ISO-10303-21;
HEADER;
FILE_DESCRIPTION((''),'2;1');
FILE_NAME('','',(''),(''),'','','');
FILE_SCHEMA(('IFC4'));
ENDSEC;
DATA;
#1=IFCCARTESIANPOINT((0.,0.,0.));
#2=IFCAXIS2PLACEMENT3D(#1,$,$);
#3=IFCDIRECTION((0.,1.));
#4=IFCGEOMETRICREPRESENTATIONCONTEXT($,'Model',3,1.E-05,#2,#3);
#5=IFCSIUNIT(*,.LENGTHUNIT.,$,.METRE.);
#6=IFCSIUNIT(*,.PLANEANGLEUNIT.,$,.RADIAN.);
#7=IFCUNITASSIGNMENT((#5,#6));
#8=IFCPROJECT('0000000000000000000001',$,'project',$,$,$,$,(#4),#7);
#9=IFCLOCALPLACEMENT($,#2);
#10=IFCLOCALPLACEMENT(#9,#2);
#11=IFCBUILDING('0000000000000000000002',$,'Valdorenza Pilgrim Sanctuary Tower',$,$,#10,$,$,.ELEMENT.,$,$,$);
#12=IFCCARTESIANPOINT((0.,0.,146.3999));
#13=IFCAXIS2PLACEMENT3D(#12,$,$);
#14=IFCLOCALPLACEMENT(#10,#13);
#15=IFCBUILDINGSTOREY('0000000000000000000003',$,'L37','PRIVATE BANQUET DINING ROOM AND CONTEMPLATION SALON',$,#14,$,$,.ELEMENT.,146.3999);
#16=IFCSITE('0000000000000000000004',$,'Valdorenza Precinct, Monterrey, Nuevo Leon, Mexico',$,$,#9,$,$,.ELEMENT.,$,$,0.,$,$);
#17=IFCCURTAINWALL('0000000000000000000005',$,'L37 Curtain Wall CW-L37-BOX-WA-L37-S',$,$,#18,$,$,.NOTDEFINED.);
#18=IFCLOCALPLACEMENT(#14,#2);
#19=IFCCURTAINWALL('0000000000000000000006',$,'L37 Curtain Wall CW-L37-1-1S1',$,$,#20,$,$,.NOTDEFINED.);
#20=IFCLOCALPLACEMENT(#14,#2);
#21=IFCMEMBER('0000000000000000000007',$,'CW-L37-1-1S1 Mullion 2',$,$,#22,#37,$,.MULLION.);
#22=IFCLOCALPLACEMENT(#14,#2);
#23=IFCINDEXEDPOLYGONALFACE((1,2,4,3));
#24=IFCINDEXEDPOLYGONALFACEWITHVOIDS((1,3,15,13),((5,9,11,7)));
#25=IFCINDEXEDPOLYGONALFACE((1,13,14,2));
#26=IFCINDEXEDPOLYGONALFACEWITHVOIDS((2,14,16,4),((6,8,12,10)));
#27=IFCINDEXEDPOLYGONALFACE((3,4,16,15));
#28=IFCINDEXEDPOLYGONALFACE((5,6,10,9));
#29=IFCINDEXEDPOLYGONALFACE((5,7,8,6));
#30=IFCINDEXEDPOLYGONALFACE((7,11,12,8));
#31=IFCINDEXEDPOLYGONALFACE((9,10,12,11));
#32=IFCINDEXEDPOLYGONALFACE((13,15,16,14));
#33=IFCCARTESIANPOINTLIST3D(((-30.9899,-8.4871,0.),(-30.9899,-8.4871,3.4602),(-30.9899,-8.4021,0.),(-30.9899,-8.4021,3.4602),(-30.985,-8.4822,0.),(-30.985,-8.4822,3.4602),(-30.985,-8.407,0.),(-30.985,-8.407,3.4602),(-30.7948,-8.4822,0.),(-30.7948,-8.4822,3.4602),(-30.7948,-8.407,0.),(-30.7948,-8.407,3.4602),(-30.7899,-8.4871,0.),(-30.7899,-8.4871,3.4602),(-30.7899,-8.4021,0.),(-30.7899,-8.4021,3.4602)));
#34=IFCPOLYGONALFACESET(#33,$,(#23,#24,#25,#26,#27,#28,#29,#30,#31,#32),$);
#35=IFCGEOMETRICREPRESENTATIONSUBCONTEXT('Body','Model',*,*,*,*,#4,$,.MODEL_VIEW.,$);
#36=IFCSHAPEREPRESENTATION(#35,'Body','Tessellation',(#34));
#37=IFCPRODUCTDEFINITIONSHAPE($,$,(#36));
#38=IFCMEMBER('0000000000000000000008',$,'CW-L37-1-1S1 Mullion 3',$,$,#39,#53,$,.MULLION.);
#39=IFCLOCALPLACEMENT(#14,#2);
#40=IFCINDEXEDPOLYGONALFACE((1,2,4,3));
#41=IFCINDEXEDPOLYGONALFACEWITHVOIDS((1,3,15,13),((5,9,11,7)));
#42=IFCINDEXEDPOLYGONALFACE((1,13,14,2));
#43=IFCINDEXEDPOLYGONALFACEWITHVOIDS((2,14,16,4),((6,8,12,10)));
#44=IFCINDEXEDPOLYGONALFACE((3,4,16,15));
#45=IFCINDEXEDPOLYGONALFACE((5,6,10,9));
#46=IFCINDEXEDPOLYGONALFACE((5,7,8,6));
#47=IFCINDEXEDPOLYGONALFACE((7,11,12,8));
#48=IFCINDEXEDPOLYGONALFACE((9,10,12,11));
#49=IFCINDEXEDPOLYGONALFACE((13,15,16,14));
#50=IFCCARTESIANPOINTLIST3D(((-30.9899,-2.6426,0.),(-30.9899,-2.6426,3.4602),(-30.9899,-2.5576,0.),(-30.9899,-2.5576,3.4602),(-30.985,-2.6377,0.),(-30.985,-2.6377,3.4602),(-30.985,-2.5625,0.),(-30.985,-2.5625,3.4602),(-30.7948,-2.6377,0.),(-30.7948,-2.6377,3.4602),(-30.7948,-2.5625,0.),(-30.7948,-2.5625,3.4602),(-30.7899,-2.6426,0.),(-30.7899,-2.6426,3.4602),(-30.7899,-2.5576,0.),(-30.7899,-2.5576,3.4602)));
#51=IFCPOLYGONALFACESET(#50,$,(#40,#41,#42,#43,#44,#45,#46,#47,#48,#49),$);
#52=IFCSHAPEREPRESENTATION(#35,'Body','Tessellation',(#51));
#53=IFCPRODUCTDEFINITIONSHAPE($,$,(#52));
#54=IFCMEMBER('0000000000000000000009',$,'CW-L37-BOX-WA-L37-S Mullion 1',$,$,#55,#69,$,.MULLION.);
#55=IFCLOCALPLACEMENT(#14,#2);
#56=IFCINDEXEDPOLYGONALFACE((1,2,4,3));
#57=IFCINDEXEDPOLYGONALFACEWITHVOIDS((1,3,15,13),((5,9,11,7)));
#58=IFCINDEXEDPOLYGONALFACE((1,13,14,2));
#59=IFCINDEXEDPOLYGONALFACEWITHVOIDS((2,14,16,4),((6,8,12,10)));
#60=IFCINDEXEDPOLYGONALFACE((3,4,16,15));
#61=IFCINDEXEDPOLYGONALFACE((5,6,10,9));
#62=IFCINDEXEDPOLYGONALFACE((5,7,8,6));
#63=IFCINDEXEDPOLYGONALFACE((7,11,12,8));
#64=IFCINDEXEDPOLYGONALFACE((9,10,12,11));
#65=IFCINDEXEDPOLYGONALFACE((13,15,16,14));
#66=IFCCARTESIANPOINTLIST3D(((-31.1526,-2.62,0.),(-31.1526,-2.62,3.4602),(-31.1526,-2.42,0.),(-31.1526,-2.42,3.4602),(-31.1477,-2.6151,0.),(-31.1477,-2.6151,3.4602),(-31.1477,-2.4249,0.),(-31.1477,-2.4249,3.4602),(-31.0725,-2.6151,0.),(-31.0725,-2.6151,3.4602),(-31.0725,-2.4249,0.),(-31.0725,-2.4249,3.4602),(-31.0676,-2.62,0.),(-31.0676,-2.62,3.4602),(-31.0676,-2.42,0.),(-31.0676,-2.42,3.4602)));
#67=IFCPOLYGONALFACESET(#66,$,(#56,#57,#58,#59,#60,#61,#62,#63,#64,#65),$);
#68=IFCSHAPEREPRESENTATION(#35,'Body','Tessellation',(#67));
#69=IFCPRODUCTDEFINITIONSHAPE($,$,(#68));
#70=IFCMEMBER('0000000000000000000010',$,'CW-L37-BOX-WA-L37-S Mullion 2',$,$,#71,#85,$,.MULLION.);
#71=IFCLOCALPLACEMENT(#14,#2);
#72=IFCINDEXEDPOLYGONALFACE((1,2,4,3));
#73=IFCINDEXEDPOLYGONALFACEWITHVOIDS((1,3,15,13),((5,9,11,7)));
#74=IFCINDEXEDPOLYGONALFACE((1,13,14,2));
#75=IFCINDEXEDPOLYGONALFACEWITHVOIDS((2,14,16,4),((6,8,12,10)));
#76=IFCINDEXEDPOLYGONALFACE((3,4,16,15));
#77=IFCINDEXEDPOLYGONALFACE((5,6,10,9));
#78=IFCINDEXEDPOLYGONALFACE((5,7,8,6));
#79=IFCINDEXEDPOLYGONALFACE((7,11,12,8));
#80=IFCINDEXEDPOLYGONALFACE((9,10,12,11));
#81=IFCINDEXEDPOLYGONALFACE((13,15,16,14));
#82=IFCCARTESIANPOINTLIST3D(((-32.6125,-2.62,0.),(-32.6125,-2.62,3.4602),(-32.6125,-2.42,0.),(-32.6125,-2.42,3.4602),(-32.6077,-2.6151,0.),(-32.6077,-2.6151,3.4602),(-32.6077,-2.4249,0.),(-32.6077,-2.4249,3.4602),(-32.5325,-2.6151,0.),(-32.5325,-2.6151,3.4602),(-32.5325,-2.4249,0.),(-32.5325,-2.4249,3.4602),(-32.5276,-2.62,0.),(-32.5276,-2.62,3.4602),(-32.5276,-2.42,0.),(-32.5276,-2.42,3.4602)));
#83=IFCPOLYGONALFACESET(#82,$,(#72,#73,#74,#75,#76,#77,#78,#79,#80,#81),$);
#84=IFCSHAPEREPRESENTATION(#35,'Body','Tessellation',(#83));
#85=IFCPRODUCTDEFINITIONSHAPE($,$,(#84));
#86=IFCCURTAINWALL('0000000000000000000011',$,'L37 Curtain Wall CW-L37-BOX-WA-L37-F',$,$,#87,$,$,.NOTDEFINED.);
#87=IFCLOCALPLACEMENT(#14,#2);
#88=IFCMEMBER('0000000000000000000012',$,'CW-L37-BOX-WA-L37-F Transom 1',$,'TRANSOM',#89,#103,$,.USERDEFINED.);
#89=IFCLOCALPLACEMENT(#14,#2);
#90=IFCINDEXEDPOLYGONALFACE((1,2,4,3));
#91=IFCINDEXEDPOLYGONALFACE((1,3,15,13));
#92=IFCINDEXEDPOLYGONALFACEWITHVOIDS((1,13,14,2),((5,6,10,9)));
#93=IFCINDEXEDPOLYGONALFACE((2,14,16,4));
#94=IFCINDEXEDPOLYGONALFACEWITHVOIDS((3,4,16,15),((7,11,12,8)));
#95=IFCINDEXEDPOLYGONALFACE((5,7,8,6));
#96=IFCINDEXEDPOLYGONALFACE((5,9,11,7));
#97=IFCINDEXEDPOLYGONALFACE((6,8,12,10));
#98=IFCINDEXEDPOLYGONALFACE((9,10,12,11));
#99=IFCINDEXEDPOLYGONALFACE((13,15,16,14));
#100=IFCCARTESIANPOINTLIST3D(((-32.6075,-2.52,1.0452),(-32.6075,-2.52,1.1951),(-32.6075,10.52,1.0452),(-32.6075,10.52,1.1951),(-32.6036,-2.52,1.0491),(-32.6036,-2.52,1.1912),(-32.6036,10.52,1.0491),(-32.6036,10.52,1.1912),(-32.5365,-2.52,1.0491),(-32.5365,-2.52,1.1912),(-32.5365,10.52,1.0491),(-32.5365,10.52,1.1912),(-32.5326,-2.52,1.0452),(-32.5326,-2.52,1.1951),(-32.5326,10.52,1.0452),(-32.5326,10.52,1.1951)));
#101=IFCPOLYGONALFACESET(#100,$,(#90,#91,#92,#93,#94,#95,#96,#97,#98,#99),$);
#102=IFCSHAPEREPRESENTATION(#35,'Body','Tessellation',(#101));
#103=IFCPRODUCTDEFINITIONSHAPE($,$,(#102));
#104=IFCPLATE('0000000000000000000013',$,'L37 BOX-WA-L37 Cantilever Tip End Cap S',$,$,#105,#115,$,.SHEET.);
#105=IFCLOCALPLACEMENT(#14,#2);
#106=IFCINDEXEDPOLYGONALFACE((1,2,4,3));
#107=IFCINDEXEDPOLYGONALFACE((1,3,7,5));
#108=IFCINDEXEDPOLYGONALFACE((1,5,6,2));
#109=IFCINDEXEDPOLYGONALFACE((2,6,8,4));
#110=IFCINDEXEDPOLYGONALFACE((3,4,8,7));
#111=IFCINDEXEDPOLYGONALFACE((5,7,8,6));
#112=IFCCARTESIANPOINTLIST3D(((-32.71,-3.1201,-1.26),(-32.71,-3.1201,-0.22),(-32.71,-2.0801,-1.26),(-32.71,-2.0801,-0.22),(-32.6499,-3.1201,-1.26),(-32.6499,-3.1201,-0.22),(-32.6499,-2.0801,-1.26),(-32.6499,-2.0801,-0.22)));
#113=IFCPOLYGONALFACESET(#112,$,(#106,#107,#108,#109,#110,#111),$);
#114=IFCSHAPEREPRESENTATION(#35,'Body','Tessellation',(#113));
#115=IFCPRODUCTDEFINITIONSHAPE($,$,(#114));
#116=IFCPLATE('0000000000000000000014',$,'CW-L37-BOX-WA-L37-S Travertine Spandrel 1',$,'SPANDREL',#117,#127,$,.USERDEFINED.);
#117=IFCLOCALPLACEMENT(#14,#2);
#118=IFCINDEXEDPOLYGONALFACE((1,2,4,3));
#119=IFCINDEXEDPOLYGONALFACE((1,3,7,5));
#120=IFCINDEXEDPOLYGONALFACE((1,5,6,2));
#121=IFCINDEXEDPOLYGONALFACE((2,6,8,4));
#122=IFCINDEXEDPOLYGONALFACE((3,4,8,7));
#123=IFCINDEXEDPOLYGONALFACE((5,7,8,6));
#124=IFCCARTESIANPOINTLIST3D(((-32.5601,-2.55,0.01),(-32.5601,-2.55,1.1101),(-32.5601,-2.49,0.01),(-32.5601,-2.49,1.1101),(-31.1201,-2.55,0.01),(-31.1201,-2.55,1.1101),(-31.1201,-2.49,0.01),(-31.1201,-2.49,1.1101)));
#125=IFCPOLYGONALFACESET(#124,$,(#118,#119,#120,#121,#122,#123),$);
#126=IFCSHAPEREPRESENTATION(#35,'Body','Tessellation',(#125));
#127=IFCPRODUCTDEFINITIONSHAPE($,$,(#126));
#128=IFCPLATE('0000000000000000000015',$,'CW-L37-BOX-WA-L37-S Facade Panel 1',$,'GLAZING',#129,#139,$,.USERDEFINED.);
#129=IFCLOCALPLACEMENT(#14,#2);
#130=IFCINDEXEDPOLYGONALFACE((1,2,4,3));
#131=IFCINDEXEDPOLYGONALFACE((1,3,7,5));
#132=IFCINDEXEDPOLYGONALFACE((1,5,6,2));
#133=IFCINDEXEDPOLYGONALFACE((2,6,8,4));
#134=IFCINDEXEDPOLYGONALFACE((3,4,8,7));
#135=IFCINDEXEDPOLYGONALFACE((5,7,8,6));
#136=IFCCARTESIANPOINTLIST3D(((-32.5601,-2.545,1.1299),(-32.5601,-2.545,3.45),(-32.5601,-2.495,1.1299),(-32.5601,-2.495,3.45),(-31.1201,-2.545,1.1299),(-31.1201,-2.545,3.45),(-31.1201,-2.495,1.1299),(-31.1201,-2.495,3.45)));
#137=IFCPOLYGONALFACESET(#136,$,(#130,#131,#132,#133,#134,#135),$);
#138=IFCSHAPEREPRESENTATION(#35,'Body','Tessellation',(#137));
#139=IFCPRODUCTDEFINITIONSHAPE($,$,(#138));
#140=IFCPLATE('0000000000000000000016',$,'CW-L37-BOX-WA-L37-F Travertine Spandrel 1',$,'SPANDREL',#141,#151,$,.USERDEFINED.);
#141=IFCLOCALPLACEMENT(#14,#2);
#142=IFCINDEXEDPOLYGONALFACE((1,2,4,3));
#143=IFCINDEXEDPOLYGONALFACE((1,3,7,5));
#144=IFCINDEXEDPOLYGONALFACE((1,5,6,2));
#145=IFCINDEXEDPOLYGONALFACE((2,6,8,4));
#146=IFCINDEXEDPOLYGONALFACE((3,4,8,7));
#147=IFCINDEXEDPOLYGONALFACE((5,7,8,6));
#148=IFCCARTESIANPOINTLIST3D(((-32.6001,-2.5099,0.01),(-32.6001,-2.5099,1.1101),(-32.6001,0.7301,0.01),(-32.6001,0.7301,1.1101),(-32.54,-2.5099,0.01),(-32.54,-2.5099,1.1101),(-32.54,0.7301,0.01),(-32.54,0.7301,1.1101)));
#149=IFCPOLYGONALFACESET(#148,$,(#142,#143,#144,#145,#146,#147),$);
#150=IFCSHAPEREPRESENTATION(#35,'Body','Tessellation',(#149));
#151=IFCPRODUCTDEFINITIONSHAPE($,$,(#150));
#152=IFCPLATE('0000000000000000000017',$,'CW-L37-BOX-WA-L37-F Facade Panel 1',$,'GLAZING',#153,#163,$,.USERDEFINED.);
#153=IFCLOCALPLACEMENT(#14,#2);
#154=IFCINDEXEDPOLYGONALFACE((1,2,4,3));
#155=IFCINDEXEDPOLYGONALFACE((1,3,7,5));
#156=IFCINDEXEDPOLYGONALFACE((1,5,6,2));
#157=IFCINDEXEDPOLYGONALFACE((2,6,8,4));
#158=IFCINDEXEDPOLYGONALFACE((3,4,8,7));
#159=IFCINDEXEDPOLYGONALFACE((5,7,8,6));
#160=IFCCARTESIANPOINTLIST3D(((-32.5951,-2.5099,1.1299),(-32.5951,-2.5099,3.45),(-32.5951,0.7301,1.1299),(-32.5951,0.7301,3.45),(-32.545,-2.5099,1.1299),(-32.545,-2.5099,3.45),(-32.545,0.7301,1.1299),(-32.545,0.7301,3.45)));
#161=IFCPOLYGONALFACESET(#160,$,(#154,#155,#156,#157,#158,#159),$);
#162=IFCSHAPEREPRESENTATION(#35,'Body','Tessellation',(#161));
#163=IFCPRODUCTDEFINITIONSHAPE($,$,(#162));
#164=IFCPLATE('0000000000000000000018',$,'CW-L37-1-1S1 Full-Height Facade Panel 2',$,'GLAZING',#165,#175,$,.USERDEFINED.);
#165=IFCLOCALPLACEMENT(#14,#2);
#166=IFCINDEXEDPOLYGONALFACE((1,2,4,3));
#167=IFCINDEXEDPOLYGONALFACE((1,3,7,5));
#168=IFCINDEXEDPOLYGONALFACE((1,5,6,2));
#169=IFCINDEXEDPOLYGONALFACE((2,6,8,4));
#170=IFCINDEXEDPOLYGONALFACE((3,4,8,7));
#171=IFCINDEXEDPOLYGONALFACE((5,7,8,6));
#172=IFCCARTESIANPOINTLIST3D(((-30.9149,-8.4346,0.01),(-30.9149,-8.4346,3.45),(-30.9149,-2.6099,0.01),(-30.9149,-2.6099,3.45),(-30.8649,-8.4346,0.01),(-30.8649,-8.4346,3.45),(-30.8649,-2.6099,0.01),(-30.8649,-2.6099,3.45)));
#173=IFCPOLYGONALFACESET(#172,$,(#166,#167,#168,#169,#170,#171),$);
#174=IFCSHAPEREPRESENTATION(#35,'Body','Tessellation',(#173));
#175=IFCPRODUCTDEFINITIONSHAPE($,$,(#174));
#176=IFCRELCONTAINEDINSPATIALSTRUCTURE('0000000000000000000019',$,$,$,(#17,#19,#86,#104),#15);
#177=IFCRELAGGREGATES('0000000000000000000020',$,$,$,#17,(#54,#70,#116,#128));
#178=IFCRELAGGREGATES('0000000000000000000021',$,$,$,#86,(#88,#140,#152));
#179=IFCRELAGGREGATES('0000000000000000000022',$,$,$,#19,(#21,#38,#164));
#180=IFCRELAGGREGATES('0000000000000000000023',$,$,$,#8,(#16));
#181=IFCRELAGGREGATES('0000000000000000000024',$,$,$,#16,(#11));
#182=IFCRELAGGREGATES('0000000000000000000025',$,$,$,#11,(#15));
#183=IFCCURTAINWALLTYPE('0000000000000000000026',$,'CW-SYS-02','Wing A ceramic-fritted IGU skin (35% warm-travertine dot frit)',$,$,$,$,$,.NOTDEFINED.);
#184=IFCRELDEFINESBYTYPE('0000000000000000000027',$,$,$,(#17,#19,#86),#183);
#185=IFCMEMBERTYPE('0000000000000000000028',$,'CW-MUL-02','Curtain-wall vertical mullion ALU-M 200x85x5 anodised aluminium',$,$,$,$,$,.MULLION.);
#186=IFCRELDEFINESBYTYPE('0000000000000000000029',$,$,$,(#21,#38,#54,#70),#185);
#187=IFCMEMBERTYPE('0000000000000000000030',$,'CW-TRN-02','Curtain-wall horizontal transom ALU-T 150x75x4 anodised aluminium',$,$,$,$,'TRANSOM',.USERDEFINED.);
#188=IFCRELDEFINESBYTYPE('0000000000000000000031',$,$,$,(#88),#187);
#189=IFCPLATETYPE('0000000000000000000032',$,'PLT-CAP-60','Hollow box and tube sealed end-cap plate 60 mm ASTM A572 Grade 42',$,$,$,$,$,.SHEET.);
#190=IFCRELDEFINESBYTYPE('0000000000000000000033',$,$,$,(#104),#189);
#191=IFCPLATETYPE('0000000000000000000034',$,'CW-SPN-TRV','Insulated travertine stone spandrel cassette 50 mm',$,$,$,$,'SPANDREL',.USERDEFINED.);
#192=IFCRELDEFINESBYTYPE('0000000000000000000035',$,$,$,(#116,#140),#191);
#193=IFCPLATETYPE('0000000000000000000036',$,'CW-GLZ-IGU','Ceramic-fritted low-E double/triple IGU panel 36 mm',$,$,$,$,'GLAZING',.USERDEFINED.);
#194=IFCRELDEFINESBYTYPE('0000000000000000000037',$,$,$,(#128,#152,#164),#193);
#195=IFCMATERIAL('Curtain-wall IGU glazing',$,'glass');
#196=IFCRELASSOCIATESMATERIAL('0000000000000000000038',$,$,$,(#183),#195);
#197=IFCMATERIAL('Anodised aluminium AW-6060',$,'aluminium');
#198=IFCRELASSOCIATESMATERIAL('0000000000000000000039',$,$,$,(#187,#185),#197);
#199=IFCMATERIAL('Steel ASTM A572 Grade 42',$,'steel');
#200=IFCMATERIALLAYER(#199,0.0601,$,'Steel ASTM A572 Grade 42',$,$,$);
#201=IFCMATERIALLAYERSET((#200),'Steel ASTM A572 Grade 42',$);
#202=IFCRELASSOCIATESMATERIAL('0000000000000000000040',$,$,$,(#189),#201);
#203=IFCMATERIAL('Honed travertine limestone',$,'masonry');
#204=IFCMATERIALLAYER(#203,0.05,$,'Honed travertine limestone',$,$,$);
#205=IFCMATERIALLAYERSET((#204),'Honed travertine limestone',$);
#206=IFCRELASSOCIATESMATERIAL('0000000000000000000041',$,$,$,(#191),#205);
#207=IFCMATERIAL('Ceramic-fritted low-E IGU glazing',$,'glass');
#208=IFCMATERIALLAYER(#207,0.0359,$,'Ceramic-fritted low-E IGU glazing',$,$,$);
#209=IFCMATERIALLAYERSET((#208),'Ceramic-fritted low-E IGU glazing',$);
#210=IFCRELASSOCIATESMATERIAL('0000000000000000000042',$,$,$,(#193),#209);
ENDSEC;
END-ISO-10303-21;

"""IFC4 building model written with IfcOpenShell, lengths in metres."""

from ifc_helpers import new_model, si_unit, direction, frame, origin, origin_2d, place, context, subcontext, project, spatial, rectangle, hollow_rectangle, extrude, source, transform, mapped, material, layer, layer_set, material_profile, profile_set, type_object, element, aggregate, save


model = new_model("IFC4")

# Units and contexts
model_context = context("Model", 3, precision=1e-05, world=origin(), true_north=direction((0.0, 1.0)))
body_context = subcontext(model_context, "Body", "Model", "MODEL_VIEW")
ifc_project = project(units=[si_unit("LENGTHUNIT", "METRE"), si_unit("PLANEANGLEUNIT", "RADIAN")], contexts=[model_context])

# Site, building, storey
site_placement = place(None, origin())
site = spatial("IfcSite", under=ifc_project, at=site_placement, Name="Valdorenza Precinct, Monterrey, Nuevo Leon, Mexico", CompositionType="ELEMENT", RefElevation=0.0)
building_placement = place(site_placement, origin())
building = spatial("IfcBuilding", under=site, at=building_placement, Name="Valdorenza Pilgrim Sanctuary Tower", CompositionType="ELEMENT")
storey_placement = place(building_placement, frame((0.0, 0.0, 146.3999)))
storey = spatial("IfcBuildingStorey", under=building, at=storey_placement, Name="L37", Description="PRIVATE BANQUET DINING ROOM AND CONTEMPLATION SALON", CompositionType="ELEMENT", Elevation=146.3999)

# Shared definitions
ifc_material_1 = material(Name="Steel ASTM A572 Grade 42", Category="steel")

# Curtain wall
ifc_material_2 = material(Name="Curtain-wall IGU glazing", Category="glass")
curtain_wall_type = type_object("IfcCurtainWallType", Name="CW-SYS-02", Description="Wing A ceramic-fritted IGU skin (35% warm-travertine dot frit)", PredefinedType="NOTDEFINED", material=ifc_material_2)
curtain_wall_1_placement = place(storey_placement, origin())
curtain_wall_1 = element("IfcCurtainWall", 1, at=curtain_wall_1_placement, inside=storey, type_object=curtain_wall_type, Name="L37 Curtain Wall CW-L37-BOX-WA-L37-S", PredefinedType="NOTDEFINED")
ifc_material_3 = material(Name="Anodised aluminium AW-6060", Category="aluminium")
ifc_material_profile_1 = material_profile(ifc_material_3, hollow_rectangle(XDim=0.075, YDim=0.1499, WallThickness=0.0039, at=origin_2d()), Name="ALU-T 150x75x4")
ifc_profile_set_1 = profile_set([ifc_material_profile_1], Name="Anodised aluminium AW-6060")
member_type_1 = type_object("IfcMemberType", Name="CW-TRN-02", Description="Curtain-wall horizontal transom ALU-T 150x75x4 anodised aluminium", ElementType="TRANSOM", PredefinedType="USERDEFINED", material=ifc_profile_set_1)

# Curtain wall, members
curtain_wall_2_placement = place(storey_placement, origin())
curtain_wall_2 = element("IfcCurtainWall", 2, at=curtain_wall_2_placement, inside=storey, type_object=curtain_wall_type, Name="L37 Curtain Wall CW-L37-1-1S1", PredefinedType="NOTDEFINED")
ifc_material_profile_2 = material_profile(ifc_material_3, hollow_rectangle(XDim=0.085, YDim=0.2, WallThickness=0.0049, at=origin_2d()), Name="ALU-M 200x85x5")
ifc_profile_set_2 = profile_set([ifc_material_profile_2], Name="Anodised aluminium AW-6060")
member_type_2 = type_object("IfcMemberType", Name="CW-MUL-02", Description="Curtain-wall vertical mullion ALU-M 200x85x5 anodised aluminium", PredefinedType="MULLION", material=ifc_profile_set_2)
shared_shape_1 = source(origin(), body_context, "Body", "SweptSolid", [
    extrude(hollow_rectangle(XDim=0.085, YDim=0.2, WallThickness=0.0049, at=origin_2d()), origin(), (0.0, 0.0, 1.0), 3.4602),
])
member_1_placement = place(storey_placement, frame((-30.8899, -8.4446, 0.0), z_axis=(0.0, 0.0, 1.0), x_axis=(0.0, 1.0, 0.0)))
member_1 = element("IfcMember", 3, at=member_1_placement, type_object=member_type_2, Name="CW-L37-1-1S1 Mullion 2", PredefinedType="MULLION", context=body_context, shape_type="MappedRepresentation", body=[
    mapped(shared_shape_1, transform((0.0, 0.0, 0.0), x_axis=(1.0, 0.0, 0.0), y_axis=(0.0, 1.0, 0.0), z_axis=(0.0, 0.0, 1.0), scale=1.0)),
])
member_2_placement = place(storey_placement, frame((-30.8899, -2.6001, 0.0), z_axis=(0.0, 0.0, 1.0), x_axis=(0.0, 1.0, 0.0)))
member_2 = element("IfcMember", 4, at=member_2_placement, type_object=member_type_2, Name="CW-L37-1-1S1 Mullion 3", PredefinedType="MULLION", context=body_context, shape_type="MappedRepresentation", body=[
    mapped(shared_shape_1, transform((0.0, 0.0, 0.0), x_axis=(1.0, 0.0, 0.0), y_axis=(0.0, 1.0, 0.0), z_axis=(0.0, 0.0, 1.0), scale=1.0)),
])

# Members
member_3_placement = place(storey_placement, frame((-31.1101, -2.52, 0.0), z_axis=(0.0, 0.0, 1.0), x_axis=(-1.0, 0.0, 0.0)))
member_3 = element("IfcMember", 5, at=member_3_placement, type_object=member_type_2, Name="CW-L37-BOX-WA-L37-S Mullion 1", PredefinedType="MULLION", context=body_context, shape_type="MappedRepresentation", body=[
    mapped(shared_shape_1, transform((0.0, 0.0, 0.0), x_axis=(1.0, 0.0, 0.0), y_axis=(0.0, 1.0, 0.0), z_axis=(0.0, 0.0, 1.0), scale=1.0)),
])
member_4_placement = place(storey_placement, frame((-32.5701, -2.52, 0.0), z_axis=(0.0, 0.0, 1.0), x_axis=(-1.0, 0.0, 0.0)))
member_4 = element("IfcMember", 6, at=member_4_placement, type_object=member_type_2, Name="CW-L37-BOX-WA-L37-S Mullion 2", PredefinedType="MULLION", context=body_context, shape_type="MappedRepresentation", body=[
    mapped(shared_shape_1, transform((0.0, 0.0, 0.0), x_axis=(1.0, 0.0, 0.0), y_axis=(0.0, 1.0, 0.0), z_axis=(0.0, 0.0, 1.0), scale=1.0)),
])

# Curtain wall, member
curtain_wall_3_placement = place(storey_placement, origin())
curtain_wall_3 = element("IfcCurtainWall", 7, at=curtain_wall_3_placement, inside=storey, type_object=curtain_wall_type, Name="L37 Curtain Wall CW-L37-BOX-WA-L37-F", PredefinedType="NOTDEFINED")
shared_shape_2 = source(origin(), body_context, "Body", "SweptSolid", [
    extrude(hollow_rectangle(XDim=0.075, YDim=0.1499, WallThickness=0.0039, at=origin_2d()), origin(), (0.0, 0.0, 1.0), 13.04),
])
member_5_placement = place(storey_placement, frame((-32.5701, -2.52, 1.1201), z_axis=(0.0, 1.0, 0.0), x_axis=(-1.0, 0.0, 0.0)))
member_5 = element("IfcMember", 8, at=member_5_placement, type_object=member_type_1, Name="CW-L37-BOX-WA-L37-F Transom 1", ObjectType="TRANSOM", PredefinedType="USERDEFINED", context=body_context, shape_type="MappedRepresentation", body=[
    mapped(shared_shape_2, transform((0.0, 0.0, 0.0), x_axis=(1.0, 0.0, 0.0), y_axis=(0.0, 1.0, 0.0), z_axis=(0.0, 0.0, 1.0), scale=1.0)),
])

# Plates
ifc_layer_1 = layer(ifc_material_1, 0.0601, Name="Steel ASTM A572 Grade 42")
ifc_layer_set_1 = layer_set([ifc_layer_1], Name="Steel ASTM A572 Grade 42")
plate_type_1 = type_object("IfcPlateType", Name="PLT-CAP-60", Description="Hollow box and tube sealed end-cap plate 60 mm ASTM A572 Grade 42", PredefinedType="SHEET", material=ifc_layer_set_1)
shared_shape_3 = source(origin(), body_context, "Body", "SweptSolid", [
    extrude(rectangle(XDim=0.0601, YDim=1.04, at=origin_2d()), origin(), (0.0, 0.0, 1.0), 1.04),
])
plate_1_placement = place(storey_placement, frame((-32.6799, -2.6001, -1.26), z_axis=(0.0, 0.0, 1.0), x_axis=(1.0, 0.0, 0.0)))
element("IfcPlate", 9, at=plate_1_placement, inside=storey, type_object=plate_type_1, Name="L37 BOX-WA-L37 Cantilever Tip End Cap S", PredefinedType="SHEET", context=body_context, shape_type="MappedRepresentation", body=[
    mapped(shared_shape_3, transform((0.0, 0.0, 0.0), x_axis=(1.0, 0.0, 0.0), y_axis=(0.0, 1.0, 0.0), z_axis=(0.0, 0.0, 1.0), scale=1.0)),
])
ifc_material_4 = material(Name="Honed travertine limestone", Category="masonry")
ifc_layer_2 = layer(ifc_material_4, 0.05, Name="Honed travertine limestone")
ifc_layer_set_2 = layer_set([ifc_layer_2], Name="Honed travertine limestone")
plate_type_2 = type_object("IfcPlateType", Name="CW-SPN-TRV", Description="Insulated travertine stone spandrel cassette 50 mm", ElementType="SPANDREL", PredefinedType="USERDEFINED", material=ifc_layer_set_2)
shared_shape_4 = source(origin(), body_context, "Body", "SweptSolid", [
    extrude(rectangle(XDim=1.4399, YDim=0.0601, at=origin_2d()), origin(), (0.0, 0.0, 1.0), 1.1001),
])
plate_2_placement = place(storey_placement, frame((-31.8401, -2.52, 0.01), z_axis=(0.0, 0.0, 1.0), x_axis=(-1.0, 0.0, 0.0)))
plate_2 = element("IfcPlate", 10, at=plate_2_placement, type_object=plate_type_2, Name="CW-L37-BOX-WA-L37-S Travertine Spandrel 1", ObjectType="SPANDREL", PredefinedType="USERDEFINED", context=body_context, shape_type="MappedRepresentation", body=[
    mapped(shared_shape_4, transform((0.0, 0.0, 0.0), x_axis=(1.0, 0.0, 0.0), y_axis=(0.0, 1.0, 0.0), z_axis=(0.0, 0.0, 1.0), scale=1.0)),
])
ifc_material_5 = material(Name="Ceramic-fritted low-E IGU glazing", Category="glass")
ifc_layer_3 = layer(ifc_material_5, 0.0359, Name="Ceramic-fritted low-E IGU glazing")
ifc_layer_set_3 = layer_set([ifc_layer_3], Name="Ceramic-fritted low-E IGU glazing")
plate_type_3 = type_object("IfcPlateType", Name="CW-GLZ-IGU", Description="Ceramic-fritted low-E double/triple IGU panel 36 mm", ElementType="GLAZING", PredefinedType="USERDEFINED", material=ifc_layer_set_3)
shared_shape_5 = source(origin(), body_context, "Body", "SweptSolid", [
    extrude(rectangle(XDim=1.4399, YDim=0.05, at=origin_2d()), origin(), (0.0, 0.0, 1.0), 2.3201),
])
plate_3_placement = place(storey_placement, frame((-31.8401, -2.52, 1.1299), z_axis=(0.0, 0.0, 1.0), x_axis=(-1.0, 0.0, 0.0)))
plate_3 = element("IfcPlate", 11, at=plate_3_placement, type_object=plate_type_3, Name="CW-L37-BOX-WA-L37-S Facade Panel 1", ObjectType="GLAZING", PredefinedType="USERDEFINED", context=body_context, shape_type="MappedRepresentation", body=[
    mapped(shared_shape_5, transform((0.0, 0.0, 0.0), x_axis=(1.0, 0.0, 0.0), y_axis=(0.0, 1.0, 0.0), z_axis=(0.0, 0.0, 1.0), scale=1.0)),
])
aggregate(curtain_wall_1, [member_3, member_4, plate_2, plate_3])
shared_shape_6 = source(origin(), body_context, "Body", "SweptSolid", [
    extrude(rectangle(XDim=3.24, YDim=0.0601, at=origin_2d()), origin(), (0.0, 0.0, 1.0), 1.1001),
])
plate_4_placement = place(storey_placement, frame((-32.5701, -0.8899, 0.01), z_axis=(0.0, 0.0, 1.0), x_axis=(0.0, 1.0, 0.0)))
plate_4 = element("IfcPlate", 12, at=plate_4_placement, type_object=plate_type_2, Name="CW-L37-BOX-WA-L37-F Travertine Spandrel 1", ObjectType="SPANDREL", PredefinedType="USERDEFINED", context=body_context, shape_type="MappedRepresentation", body=[
    mapped(shared_shape_6, transform((0.0, 0.0, 0.0), x_axis=(1.0, 0.0, 0.0), y_axis=(0.0, 1.0, 0.0), z_axis=(0.0, 0.0, 1.0), scale=1.0)),
])
shared_shape_7 = source(origin(), body_context, "Body", "SweptSolid", [
    extrude(rectangle(XDim=3.24, YDim=0.05, at=origin_2d()), origin(), (0.0, 0.0, 1.0), 2.3201),
])
plate_5_placement = place(storey_placement, frame((-32.5701, -0.8899, 1.1299), z_axis=(0.0, 0.0, 1.0), x_axis=(0.0, 1.0, 0.0)))
plate_5 = element("IfcPlate", 13, at=plate_5_placement, type_object=plate_type_3, Name="CW-L37-BOX-WA-L37-F Facade Panel 1", ObjectType="GLAZING", PredefinedType="USERDEFINED", context=body_context, shape_type="MappedRepresentation", body=[
    mapped(shared_shape_7, transform((0.0, 0.0, 0.0), x_axis=(1.0, 0.0, 0.0), y_axis=(0.0, 1.0, 0.0), z_axis=(0.0, 0.0, 1.0), scale=1.0)),
])
aggregate(curtain_wall_3, [member_5, plate_4, plate_5])
shared_shape_8 = source(origin(), body_context, "Body", "SweptSolid", [
    extrude(rectangle(XDim=5.8247, YDim=0.05, at=origin_2d()), origin(), (0.0, 0.0, 1.0), 3.4399),
])
plate_6_placement = place(storey_placement, frame((-30.8899, -5.5222, 0.01), z_axis=(0.0, 0.0, 1.0), x_axis=(0.0, 1.0, 0.0)))
plate_6 = element("IfcPlate", 14, at=plate_6_placement, type_object=plate_type_3, Name="CW-L37-1-1S1 Full-Height Facade Panel 2", ObjectType="GLAZING", PredefinedType="USERDEFINED", context=body_context, shape_type="MappedRepresentation", body=[
    mapped(shared_shape_8, transform((0.0, 0.0, 0.0), x_axis=(1.0, 0.0, 0.0), y_axis=(0.0, 1.0, 0.0), z_axis=(0.0, 0.0, 1.0), scale=1.0)),
])
aggregate(curtain_wall_2, [member_1, member_2, plate_6])

save(model, "model.ifc")
